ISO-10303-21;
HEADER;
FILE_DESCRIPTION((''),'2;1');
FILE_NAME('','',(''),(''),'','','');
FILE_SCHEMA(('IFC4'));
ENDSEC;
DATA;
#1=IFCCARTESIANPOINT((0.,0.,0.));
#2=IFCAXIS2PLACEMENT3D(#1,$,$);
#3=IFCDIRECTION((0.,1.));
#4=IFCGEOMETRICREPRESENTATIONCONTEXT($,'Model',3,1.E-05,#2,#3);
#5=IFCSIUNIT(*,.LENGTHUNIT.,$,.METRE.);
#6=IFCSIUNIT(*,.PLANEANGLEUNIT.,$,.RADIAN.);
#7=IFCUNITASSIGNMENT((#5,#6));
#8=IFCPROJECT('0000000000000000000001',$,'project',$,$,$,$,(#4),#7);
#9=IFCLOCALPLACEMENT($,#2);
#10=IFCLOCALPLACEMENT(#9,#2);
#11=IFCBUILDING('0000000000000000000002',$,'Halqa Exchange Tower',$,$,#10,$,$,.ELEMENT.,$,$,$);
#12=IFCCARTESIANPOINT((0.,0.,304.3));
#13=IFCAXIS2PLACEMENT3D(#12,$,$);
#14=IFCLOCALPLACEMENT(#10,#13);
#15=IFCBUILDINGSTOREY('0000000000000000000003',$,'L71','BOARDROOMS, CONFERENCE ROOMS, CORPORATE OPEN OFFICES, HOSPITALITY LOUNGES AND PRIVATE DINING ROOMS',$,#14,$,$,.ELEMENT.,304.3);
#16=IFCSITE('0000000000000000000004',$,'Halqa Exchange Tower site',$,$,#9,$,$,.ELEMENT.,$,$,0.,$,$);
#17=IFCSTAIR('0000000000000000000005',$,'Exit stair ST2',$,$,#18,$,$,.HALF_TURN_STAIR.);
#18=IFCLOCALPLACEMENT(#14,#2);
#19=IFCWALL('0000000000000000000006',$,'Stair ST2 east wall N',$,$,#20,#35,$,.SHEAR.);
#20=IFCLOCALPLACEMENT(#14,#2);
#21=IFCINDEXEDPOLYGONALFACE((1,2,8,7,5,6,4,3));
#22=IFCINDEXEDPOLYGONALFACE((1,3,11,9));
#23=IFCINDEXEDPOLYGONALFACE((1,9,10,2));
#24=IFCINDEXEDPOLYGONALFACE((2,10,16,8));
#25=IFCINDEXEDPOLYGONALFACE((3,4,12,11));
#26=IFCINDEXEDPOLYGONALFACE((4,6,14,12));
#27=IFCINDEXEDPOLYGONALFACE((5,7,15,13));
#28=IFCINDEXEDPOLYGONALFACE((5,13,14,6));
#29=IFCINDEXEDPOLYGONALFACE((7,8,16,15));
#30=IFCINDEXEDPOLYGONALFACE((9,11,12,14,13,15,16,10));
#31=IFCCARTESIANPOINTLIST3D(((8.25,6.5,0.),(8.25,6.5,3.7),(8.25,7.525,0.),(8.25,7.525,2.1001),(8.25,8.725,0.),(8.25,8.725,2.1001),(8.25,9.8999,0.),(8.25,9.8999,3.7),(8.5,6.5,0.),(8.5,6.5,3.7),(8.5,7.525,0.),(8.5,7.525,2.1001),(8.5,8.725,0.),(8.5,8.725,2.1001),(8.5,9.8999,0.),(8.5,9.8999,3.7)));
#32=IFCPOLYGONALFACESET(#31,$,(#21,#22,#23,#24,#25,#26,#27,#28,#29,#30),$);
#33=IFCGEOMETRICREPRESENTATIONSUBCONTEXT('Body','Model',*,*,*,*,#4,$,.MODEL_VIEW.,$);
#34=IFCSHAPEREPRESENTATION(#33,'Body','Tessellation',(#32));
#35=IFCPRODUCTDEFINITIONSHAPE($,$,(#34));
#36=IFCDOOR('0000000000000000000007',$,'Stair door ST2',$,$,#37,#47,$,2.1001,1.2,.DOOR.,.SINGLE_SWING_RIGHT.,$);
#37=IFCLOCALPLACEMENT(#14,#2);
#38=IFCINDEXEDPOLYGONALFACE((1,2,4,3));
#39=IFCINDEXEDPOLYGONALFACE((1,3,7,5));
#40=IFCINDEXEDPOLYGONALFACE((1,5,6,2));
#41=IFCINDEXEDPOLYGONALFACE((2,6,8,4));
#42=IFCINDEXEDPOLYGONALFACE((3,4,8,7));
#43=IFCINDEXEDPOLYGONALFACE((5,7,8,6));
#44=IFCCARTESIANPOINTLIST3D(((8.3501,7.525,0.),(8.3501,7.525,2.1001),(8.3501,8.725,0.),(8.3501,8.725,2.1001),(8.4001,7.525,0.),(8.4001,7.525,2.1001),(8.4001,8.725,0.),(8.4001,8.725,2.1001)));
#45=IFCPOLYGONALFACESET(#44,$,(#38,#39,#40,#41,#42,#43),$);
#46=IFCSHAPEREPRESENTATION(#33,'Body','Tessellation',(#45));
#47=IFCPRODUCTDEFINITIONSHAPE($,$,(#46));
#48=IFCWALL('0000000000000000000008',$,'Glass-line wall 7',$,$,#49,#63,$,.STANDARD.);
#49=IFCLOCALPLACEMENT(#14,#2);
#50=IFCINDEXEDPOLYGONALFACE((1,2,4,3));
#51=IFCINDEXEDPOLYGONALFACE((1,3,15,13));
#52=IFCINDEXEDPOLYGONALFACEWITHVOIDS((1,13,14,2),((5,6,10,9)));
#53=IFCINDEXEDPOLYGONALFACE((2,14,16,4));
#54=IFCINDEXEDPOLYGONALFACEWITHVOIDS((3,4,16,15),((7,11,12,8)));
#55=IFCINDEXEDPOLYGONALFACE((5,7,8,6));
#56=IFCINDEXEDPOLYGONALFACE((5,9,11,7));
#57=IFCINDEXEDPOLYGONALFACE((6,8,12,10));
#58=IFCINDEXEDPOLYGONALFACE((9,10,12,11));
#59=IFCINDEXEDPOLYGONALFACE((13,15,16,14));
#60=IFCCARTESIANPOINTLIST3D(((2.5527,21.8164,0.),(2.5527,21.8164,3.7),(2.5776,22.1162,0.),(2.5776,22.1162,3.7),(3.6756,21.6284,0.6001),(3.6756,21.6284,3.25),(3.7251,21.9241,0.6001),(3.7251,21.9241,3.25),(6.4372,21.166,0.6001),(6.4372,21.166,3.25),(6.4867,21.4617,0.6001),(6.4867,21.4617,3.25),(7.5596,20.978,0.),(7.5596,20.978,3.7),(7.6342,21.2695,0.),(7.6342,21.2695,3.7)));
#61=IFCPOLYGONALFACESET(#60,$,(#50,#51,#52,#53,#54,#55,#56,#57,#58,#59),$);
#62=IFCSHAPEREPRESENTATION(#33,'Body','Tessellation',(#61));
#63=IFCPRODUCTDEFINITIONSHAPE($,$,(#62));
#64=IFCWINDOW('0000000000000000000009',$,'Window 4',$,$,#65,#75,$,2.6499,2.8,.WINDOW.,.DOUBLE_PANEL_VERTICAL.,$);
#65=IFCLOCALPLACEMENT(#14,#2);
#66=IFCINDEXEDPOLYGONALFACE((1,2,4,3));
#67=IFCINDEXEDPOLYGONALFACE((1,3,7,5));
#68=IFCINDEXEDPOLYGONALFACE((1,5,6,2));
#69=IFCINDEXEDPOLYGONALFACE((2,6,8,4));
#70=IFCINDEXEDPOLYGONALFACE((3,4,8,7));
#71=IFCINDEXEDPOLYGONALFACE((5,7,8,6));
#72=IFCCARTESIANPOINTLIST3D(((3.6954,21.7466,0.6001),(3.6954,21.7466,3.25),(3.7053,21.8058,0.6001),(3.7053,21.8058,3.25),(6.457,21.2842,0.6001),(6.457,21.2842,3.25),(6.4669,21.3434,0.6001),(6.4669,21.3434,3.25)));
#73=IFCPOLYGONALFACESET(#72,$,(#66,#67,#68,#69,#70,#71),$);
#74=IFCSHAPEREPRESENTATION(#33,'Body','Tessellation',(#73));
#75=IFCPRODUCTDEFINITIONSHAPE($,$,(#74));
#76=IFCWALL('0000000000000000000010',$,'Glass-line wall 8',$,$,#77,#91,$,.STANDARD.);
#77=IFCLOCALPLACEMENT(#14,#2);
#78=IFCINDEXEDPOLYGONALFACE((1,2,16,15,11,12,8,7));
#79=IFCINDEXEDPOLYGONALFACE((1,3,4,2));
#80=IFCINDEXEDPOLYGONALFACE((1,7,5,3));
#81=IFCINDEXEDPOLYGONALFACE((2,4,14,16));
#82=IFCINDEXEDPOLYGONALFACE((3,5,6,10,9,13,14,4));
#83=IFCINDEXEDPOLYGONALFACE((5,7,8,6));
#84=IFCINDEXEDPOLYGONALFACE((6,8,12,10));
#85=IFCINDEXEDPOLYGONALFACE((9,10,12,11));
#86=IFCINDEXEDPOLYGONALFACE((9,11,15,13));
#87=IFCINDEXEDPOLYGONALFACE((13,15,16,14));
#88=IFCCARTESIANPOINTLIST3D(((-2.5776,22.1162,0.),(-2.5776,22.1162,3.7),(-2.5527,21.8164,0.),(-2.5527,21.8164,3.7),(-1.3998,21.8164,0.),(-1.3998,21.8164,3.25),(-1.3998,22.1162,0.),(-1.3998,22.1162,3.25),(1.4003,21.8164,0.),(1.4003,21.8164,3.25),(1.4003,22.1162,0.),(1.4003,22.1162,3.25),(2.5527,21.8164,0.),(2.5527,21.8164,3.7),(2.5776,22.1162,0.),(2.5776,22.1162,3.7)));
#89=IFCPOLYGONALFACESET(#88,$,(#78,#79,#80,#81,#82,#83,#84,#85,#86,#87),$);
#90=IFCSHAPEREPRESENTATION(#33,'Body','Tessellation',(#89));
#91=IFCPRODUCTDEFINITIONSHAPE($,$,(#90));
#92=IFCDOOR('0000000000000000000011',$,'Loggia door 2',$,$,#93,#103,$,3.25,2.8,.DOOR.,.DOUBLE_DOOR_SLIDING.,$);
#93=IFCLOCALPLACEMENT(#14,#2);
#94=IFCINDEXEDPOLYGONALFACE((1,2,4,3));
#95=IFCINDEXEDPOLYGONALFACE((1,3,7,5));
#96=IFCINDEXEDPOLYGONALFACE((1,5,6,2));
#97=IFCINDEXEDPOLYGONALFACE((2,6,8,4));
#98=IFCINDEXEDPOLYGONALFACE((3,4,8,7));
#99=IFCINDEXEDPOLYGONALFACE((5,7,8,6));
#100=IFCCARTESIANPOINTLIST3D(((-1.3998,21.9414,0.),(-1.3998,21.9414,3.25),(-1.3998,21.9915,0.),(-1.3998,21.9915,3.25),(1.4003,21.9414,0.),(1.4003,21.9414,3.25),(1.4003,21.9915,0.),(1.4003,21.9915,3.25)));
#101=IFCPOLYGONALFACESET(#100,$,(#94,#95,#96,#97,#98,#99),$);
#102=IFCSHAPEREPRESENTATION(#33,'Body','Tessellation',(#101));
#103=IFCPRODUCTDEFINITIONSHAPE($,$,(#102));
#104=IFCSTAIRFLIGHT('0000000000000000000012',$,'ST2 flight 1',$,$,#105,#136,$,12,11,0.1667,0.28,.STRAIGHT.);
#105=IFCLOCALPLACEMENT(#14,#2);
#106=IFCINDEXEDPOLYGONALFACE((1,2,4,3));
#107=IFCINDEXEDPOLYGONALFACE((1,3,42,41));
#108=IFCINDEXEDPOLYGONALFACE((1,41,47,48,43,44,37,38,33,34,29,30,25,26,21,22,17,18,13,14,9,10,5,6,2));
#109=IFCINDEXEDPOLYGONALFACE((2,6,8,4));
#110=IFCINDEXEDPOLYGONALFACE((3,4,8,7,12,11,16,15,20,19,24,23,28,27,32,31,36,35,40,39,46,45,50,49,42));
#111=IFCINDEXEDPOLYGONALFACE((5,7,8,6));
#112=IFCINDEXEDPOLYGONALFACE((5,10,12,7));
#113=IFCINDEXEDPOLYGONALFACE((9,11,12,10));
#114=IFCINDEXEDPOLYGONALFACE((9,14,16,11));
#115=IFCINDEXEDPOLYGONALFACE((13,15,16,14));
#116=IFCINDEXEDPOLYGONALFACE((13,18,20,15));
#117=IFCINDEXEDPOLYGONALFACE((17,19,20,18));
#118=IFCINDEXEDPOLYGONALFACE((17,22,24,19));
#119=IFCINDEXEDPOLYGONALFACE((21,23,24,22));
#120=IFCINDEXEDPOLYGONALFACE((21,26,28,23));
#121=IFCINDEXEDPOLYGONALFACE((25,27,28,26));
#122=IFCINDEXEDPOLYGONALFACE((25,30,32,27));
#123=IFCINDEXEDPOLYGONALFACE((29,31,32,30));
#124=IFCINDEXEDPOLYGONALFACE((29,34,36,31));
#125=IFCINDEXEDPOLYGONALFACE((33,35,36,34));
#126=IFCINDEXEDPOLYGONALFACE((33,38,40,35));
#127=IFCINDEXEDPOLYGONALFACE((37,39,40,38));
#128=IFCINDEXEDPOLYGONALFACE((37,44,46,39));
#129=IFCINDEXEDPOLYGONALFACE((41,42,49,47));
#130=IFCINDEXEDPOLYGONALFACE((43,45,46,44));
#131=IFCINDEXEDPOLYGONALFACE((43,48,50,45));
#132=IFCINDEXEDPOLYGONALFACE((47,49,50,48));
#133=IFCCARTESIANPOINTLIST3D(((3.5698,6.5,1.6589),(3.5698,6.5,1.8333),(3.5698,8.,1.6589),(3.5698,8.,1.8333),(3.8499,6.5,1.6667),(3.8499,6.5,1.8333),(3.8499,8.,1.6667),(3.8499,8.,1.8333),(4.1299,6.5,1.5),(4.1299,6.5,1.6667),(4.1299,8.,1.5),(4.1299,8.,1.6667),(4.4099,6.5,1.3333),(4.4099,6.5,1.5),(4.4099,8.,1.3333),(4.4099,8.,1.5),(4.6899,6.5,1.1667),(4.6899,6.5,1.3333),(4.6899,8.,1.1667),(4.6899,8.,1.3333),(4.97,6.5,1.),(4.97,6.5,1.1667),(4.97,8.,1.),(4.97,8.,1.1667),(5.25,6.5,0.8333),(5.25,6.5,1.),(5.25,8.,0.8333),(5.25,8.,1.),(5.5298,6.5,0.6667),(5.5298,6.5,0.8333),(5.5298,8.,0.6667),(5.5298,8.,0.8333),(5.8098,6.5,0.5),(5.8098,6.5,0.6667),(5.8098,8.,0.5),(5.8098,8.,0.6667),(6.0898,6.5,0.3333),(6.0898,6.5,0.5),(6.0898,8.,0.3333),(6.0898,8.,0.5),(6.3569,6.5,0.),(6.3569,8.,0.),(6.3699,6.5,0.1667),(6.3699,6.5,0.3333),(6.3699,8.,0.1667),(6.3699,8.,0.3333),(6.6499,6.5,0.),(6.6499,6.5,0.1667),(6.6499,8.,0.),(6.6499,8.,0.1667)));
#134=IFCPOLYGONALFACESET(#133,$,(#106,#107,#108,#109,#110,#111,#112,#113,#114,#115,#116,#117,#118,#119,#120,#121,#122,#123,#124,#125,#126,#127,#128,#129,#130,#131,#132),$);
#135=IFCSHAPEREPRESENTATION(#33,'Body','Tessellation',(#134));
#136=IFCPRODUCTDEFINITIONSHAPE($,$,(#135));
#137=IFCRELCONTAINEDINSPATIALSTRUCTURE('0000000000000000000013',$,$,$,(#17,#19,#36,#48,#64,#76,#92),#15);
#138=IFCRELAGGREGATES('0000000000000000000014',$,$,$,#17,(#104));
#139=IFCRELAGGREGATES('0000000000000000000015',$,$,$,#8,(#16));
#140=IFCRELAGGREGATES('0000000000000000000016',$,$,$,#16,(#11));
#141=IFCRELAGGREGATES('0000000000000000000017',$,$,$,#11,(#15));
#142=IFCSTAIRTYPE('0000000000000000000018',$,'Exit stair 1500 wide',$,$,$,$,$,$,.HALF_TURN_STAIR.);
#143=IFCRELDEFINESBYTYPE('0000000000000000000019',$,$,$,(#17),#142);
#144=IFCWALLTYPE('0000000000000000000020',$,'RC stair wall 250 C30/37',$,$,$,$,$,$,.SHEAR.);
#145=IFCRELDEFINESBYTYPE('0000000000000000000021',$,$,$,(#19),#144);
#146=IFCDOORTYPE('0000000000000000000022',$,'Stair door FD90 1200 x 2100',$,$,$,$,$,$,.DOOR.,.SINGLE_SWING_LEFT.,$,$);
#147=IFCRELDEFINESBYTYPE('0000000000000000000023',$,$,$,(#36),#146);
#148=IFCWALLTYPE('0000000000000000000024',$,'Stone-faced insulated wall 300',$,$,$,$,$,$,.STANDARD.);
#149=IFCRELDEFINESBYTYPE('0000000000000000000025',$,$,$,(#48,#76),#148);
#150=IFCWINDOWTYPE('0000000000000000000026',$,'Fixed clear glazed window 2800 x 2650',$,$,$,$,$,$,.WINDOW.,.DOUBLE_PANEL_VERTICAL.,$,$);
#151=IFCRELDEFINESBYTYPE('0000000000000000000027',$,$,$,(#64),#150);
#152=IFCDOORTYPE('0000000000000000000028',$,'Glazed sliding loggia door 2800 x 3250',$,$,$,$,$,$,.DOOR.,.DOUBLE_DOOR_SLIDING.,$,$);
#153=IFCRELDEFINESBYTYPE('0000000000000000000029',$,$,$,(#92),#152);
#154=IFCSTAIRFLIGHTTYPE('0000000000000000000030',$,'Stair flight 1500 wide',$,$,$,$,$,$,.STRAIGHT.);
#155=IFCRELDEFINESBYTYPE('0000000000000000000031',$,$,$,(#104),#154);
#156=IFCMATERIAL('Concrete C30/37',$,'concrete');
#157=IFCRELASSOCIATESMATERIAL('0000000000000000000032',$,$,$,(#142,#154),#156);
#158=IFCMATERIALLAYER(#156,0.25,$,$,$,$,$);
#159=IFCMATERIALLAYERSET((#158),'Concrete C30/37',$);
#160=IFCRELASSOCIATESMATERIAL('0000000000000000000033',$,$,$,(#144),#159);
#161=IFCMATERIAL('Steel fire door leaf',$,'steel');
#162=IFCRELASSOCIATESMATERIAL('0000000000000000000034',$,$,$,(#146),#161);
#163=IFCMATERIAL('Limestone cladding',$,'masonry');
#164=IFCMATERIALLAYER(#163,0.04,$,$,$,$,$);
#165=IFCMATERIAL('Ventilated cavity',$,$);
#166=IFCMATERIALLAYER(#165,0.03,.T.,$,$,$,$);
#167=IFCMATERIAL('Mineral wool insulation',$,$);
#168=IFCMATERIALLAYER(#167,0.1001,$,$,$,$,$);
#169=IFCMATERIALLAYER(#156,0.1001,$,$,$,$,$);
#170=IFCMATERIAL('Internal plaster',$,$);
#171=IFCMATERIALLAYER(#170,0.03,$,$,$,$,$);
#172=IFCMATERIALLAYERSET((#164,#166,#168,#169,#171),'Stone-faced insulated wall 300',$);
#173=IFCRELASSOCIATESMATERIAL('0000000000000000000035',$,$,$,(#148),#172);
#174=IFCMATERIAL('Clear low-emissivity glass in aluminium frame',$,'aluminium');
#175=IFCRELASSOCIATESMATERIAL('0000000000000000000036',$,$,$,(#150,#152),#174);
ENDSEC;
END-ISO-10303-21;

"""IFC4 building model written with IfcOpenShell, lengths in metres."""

from ifc_helpers import new_model, si_unit, direction, frame, frame_2d, origin, place, context, subcontext, project, spatial, polyline, rectangle, outline, extrude, material, layer, layer_set, type_object, element, fill, aggregate, save


model = new_model("IFC4")

# Units and contexts
model_context = context("Model", 3, precision=1e-05, world=origin(), true_north=direction((0.0, 1.0)))
body_context = subcontext(model_context, "Body", "Model", "MODEL_VIEW")
ifc_project = project(units=[si_unit("LENGTHUNIT", "METRE"), si_unit("PLANEANGLEUNIT", "RADIAN")], contexts=[model_context])

# Site, building, storey
site_placement = place(None, origin())
site = spatial("IfcSite", under=ifc_project, at=site_placement, Name="Halqa Exchange Tower site", CompositionType="ELEMENT", RefElevation=0.0)
building_placement = place(site_placement, origin())
building = spatial("IfcBuilding", under=site, at=building_placement, Name="Halqa Exchange Tower", CompositionType="ELEMENT")
storey_placement = place(building_placement, frame((0.0, 0.0, 304.3)))
storey = spatial("IfcBuildingStorey", under=building, at=storey_placement, Name="L71", Description="BOARDROOMS, CONFERENCE ROOMS, CORPORATE OPEN OFFICES, HOSPITALITY LOUNGES AND PRIVATE DINING ROOMS", CompositionType="ELEMENT", Elevation=304.3)

# Stair
ifc_material_1 = material(Name="Concrete C30/37", Category="concrete")
stair_type = type_object("IfcStairType", Name="Exit stair 1500 wide", PredefinedType="HALF_TURN_STAIR", material=ifc_material_1)
stair_1_placement = place(storey_placement, origin())
stair_1 = element("IfcStair", 1, at=stair_1_placement, inside=storey, type_object=stair_type, Name="Exit stair ST2", PredefinedType="HALF_TURN_STAIR")

# Shared definitions
ifc_layer_1 = layer(ifc_material_1, 0.25)
ifc_layer_set_1 = layer_set([ifc_layer_1], Name="Concrete C30/37")
wall_type_1 = type_object("IfcWallType", Name="RC stair wall 250 C30/37", PredefinedType="SHEAR", material=ifc_layer_set_1)

# Wall, opening, door
wall_1_placement = place(storey_placement, frame((8.375, 6.5, 0.0), z_axis=(0.0, 0.0, 1.0), x_axis=(0.0, 1.0, 0.0)))
wall_1 = element("IfcWall", 2, at=wall_1_placement, inside=storey, type_object=wall_type_1, Name="Stair ST2 east wall N", PredefinedType="SHEAR", context=body_context, shape_type="SweptSolid", body=[
    extrude(rectangle(XDim=3.3999, YDim=0.25, at=frame_2d((1.7, 0.0))), origin(), (0.0, 0.0, 1.0), 3.7),
])
opening_1_placement = place(wall_1_placement, frame((1.0249, 0.0, 0.0)))
opening_1 = element("IfcOpeningElement", 3, at=opening_1_placement, cuts=wall_1, PredefinedType="OPENING", context=body_context, shape_type="SweptSolid", body=[
    extrude(rectangle(XDim=1.2, YDim=2.1001, at=frame_2d((0.6001, 1.05))), frame((0.0, 0.137, 0.0), z_axis=(0.0, -1.0, 0.0), x_axis=(1.0, 0.0, 0.0)), (0.0, 0.0, 1.0), 0.2739),
])
ifc_material_2 = material(Name="Steel fire door leaf", Category="steel")
door_type_1 = type_object("IfcDoorType", Name="Stair door FD90 1200 x 2100", OperationType="SINGLE_SWING_LEFT", PredefinedType="DOOR", material=ifc_material_2)
door_1_placement = place(opening_1_placement, origin())
door_1 = element("IfcDoor", 4, at=door_1_placement, inside=storey, type_object=door_type_1, Name="Stair door ST2", OperationType="SINGLE_SWING_RIGHT", OverallHeight=2.1001, OverallWidth=1.2, PredefinedType="DOOR", context=body_context, shape_type="SweptSolid", body=[
    extrude(rectangle(XDim=1.2, YDim=2.1001, at=frame_2d((0.6001, 1.05))), frame((0.0, 0.0249, 0.0), z_axis=(0.0, -1.0, 0.0), x_axis=(1.0, 0.0, 0.0)), (0.0, 0.0, 1.0), 0.05),
])
fill(opening_1, door_1)

# Wall, opening, window
ifc_material_3 = material(Name="Limestone cladding", Category="masonry")
ifc_layer_2 = layer(ifc_material_3, 0.04)
ifc_material_4 = material(Name="Ventilated cavity")
ifc_layer_3 = layer(ifc_material_4, 0.03, ventilated=True)
ifc_material_5 = material(Name="Mineral wool insulation")
ifc_layer_4 = layer(ifc_material_5, 0.1001)
ifc_layer_5 = layer(ifc_material_1, 0.1001)
ifc_material_6 = material(Name="Internal plaster")
ifc_layer_6 = layer(ifc_material_6, 0.03)
ifc_layer_set_2 = layer_set([ifc_layer_2, ifc_layer_3, ifc_layer_4, ifc_layer_5, ifc_layer_6], Name="Stone-faced insulated wall 300")
wall_type_2 = type_object("IfcWallType", Name="Stone-faced insulated wall 300", PredefinedType="STANDARD", material=ifc_layer_set_2)
wall_2_placement = place(storey_placement, frame((7.5969, 21.1238, 0.0), z_axis=(0.0, 0.0, 1.0), x_axis=(-0.986269, 0.165144, 0.0)))
wall_2 = element("IfcWall", 5, at=wall_2_placement, inside=storey, type_object=wall_type_2, Name="Glass-line wall 7", PredefinedType="STANDARD", context=body_context, shape_type="SweptSolid", body=[
    extrude(outline(polyline([(-0.0127, -0.1499), (5.1143, -0.1499), (5.0894, 0.1499), (0.0127, 0.1499), (-0.0127, -0.1499)])), origin(), (0.0, 0.0, 1.0), 3.7),
])
opening_2_placement = place(wall_2_placement, frame((1.1509, 0.0, 0.6001)))
opening_2 = element("IfcOpeningElement", 6, at=opening_2_placement, cuts=wall_2, PredefinedType="OPENING", context=body_context, shape_type="SweptSolid", body=[
    extrude(rectangle(XDim=2.8, YDim=2.6499, at=frame_2d((1.3999, 1.325))), frame((0.0, 0.1621, 0.0), z_axis=(0.0, -1.0, 0.0), x_axis=(1.0, 0.0, 0.0)), (0.0, 0.0, 1.0), 0.324),
])
ifc_material_7 = material(Name="Clear low-emissivity glass in aluminium frame", Category="aluminium")
window_type = type_object("IfcWindowType", Name="Fixed clear glazed window 2800 x 2650", PartitioningType="DOUBLE_PANEL_VERTICAL", PredefinedType="WINDOW", material=ifc_material_7)
window_placement = place(opening_2_placement, origin())
window = element("IfcWindow", 7, at=window_placement, inside=storey, type_object=window_type, Name="Window 4", OverallHeight=2.6499, OverallWidth=2.8, PartitioningType="DOUBLE_PANEL_VERTICAL", PredefinedType="WINDOW", context=body_context, shape_type="SweptSolid", body=[
    extrude(rectangle(XDim=2.8, YDim=2.6499, at=frame_2d((1.3999, 1.325))), frame((0.0, 0.03, 0.0), z_axis=(0.0, -1.0, 0.0), x_axis=(1.0, 0.0, 0.0)), (0.0, 0.0, 1.0), 0.0601),
])
fill(opening_2, window)

# Wall, opening, door
wall_3_placement = place(storey_placement, frame((2.5652, 21.9663, 0.0), z_axis=(0.0, 0.0, 1.0), x_axis=(-1.0, 0.0, 0.0)))
wall_3 = element("IfcWall", 8, at=wall_3_placement, inside=storey, type_object=wall_type_2, Name="Glass-line wall 8", PredefinedType="STANDARD", context=body_context, shape_type="SweptSolid", body=[
    extrude(outline(polyline([(-0.0125, -0.1499), (5.1428, -0.1499), (5.1179, 0.1499), (0.0125, 0.1499), (-0.0125, -0.1499)])), origin(), (0.0, 0.0, 1.0), 3.7),
])
opening_3_placement = place(wall_3_placement, frame((1.165, 0.0, 0.0)))
opening_3 = element("IfcOpeningElement", 9, at=opening_3_placement, cuts=wall_3, PredefinedType="OPENING", context=body_context, shape_type="SweptSolid", body=[
    extrude(rectangle(XDim=2.8, YDim=3.25, at=frame_2d((1.3999, 1.625))), frame((0.0, 0.1621, 0.0), z_axis=(0.0, -1.0, 0.0), x_axis=(1.0, 0.0, 0.0)), (0.0, 0.0, 1.0), 0.324),
])
door_type_2 = type_object("IfcDoorType", Name="Glazed sliding loggia door 2800 x 3250", OperationType="DOUBLE_DOOR_SLIDING", PredefinedType="DOOR", material=ifc_material_7)
door_2_placement = place(opening_3_placement, origin())
door_2 = element("IfcDoor", 10, at=door_2_placement, inside=storey, type_object=door_type_2, Name="Loggia door 2", OperationType="DOUBLE_DOOR_SLIDING", OverallHeight=3.25, OverallWidth=2.8, PredefinedType="DOOR", context=body_context, shape_type="SweptSolid", body=[
    extrude(rectangle(XDim=2.8, YDim=3.25, at=frame_2d((1.3999, 1.625))), frame((0.0, 0.0249, 0.0), z_axis=(0.0, -1.0, 0.0), x_axis=(1.0, 0.0, 0.0)), (0.0, 0.0, 1.0), 0.05),
])
fill(opening_3, door_2)

# Stair flight
stair_flight_type = type_object("IfcStairFlightType", Name="Stair flight 1500 wide", PredefinedType="STRAIGHT", material=ifc_material_1)
stair_flight_1_placement = place(storey_placement, frame((6.6499, 7.25, 0.0), z_axis=(0.0, 0.0, 1.0), x_axis=(-1.0, 0.0, 0.0)))
stair_flight_1 = element("IfcStairFlight", 11, at=stair_flight_1_placement, type_object=stair_flight_type, Name="ST2 flight 1", NumberOfRisers=12, NumberOfTreads=11, PredefinedType="STRAIGHT", RiserHeight=0.1667, TreadLength=0.28, context=body_context, shape_type="SweptSolid", body=[
    extrude(outline(polyline([(0.0, 0.0), (0.0, 0.1667), (0.28, 0.1667), (0.28, 0.3333), (0.5601, 0.3333), (0.5601, 0.5), (0.8401, 0.5), (0.8401, 0.6667), (1.1201, 0.6667), (1.1201, 0.8333), (1.3999, 0.8333), (1.3999, 1.0), (1.6799, 1.0), (1.6799, 1.1667), (1.96, 1.1667), (1.96, 1.3333), (2.24, 1.3333), (2.24, 1.5), (2.52, 1.5), (2.52, 1.6667), (2.8, 1.6667), (2.8, 1.8333), (3.0801, 1.8333), (3.0801, 2.0), (3.0801, 1.6589), (0.293, 0.0), (0.0, 0.0)])), frame((0.0, 0.75, 0.0), z_axis=(0.0, -1.0, 0.0), x_axis=(1.0, 0.0, 0.0)), (0.0, 0.0, 1.0), 1.5),
])
aggregate(stair_1, [stair_flight_1])

save(model, "model.ifc")
